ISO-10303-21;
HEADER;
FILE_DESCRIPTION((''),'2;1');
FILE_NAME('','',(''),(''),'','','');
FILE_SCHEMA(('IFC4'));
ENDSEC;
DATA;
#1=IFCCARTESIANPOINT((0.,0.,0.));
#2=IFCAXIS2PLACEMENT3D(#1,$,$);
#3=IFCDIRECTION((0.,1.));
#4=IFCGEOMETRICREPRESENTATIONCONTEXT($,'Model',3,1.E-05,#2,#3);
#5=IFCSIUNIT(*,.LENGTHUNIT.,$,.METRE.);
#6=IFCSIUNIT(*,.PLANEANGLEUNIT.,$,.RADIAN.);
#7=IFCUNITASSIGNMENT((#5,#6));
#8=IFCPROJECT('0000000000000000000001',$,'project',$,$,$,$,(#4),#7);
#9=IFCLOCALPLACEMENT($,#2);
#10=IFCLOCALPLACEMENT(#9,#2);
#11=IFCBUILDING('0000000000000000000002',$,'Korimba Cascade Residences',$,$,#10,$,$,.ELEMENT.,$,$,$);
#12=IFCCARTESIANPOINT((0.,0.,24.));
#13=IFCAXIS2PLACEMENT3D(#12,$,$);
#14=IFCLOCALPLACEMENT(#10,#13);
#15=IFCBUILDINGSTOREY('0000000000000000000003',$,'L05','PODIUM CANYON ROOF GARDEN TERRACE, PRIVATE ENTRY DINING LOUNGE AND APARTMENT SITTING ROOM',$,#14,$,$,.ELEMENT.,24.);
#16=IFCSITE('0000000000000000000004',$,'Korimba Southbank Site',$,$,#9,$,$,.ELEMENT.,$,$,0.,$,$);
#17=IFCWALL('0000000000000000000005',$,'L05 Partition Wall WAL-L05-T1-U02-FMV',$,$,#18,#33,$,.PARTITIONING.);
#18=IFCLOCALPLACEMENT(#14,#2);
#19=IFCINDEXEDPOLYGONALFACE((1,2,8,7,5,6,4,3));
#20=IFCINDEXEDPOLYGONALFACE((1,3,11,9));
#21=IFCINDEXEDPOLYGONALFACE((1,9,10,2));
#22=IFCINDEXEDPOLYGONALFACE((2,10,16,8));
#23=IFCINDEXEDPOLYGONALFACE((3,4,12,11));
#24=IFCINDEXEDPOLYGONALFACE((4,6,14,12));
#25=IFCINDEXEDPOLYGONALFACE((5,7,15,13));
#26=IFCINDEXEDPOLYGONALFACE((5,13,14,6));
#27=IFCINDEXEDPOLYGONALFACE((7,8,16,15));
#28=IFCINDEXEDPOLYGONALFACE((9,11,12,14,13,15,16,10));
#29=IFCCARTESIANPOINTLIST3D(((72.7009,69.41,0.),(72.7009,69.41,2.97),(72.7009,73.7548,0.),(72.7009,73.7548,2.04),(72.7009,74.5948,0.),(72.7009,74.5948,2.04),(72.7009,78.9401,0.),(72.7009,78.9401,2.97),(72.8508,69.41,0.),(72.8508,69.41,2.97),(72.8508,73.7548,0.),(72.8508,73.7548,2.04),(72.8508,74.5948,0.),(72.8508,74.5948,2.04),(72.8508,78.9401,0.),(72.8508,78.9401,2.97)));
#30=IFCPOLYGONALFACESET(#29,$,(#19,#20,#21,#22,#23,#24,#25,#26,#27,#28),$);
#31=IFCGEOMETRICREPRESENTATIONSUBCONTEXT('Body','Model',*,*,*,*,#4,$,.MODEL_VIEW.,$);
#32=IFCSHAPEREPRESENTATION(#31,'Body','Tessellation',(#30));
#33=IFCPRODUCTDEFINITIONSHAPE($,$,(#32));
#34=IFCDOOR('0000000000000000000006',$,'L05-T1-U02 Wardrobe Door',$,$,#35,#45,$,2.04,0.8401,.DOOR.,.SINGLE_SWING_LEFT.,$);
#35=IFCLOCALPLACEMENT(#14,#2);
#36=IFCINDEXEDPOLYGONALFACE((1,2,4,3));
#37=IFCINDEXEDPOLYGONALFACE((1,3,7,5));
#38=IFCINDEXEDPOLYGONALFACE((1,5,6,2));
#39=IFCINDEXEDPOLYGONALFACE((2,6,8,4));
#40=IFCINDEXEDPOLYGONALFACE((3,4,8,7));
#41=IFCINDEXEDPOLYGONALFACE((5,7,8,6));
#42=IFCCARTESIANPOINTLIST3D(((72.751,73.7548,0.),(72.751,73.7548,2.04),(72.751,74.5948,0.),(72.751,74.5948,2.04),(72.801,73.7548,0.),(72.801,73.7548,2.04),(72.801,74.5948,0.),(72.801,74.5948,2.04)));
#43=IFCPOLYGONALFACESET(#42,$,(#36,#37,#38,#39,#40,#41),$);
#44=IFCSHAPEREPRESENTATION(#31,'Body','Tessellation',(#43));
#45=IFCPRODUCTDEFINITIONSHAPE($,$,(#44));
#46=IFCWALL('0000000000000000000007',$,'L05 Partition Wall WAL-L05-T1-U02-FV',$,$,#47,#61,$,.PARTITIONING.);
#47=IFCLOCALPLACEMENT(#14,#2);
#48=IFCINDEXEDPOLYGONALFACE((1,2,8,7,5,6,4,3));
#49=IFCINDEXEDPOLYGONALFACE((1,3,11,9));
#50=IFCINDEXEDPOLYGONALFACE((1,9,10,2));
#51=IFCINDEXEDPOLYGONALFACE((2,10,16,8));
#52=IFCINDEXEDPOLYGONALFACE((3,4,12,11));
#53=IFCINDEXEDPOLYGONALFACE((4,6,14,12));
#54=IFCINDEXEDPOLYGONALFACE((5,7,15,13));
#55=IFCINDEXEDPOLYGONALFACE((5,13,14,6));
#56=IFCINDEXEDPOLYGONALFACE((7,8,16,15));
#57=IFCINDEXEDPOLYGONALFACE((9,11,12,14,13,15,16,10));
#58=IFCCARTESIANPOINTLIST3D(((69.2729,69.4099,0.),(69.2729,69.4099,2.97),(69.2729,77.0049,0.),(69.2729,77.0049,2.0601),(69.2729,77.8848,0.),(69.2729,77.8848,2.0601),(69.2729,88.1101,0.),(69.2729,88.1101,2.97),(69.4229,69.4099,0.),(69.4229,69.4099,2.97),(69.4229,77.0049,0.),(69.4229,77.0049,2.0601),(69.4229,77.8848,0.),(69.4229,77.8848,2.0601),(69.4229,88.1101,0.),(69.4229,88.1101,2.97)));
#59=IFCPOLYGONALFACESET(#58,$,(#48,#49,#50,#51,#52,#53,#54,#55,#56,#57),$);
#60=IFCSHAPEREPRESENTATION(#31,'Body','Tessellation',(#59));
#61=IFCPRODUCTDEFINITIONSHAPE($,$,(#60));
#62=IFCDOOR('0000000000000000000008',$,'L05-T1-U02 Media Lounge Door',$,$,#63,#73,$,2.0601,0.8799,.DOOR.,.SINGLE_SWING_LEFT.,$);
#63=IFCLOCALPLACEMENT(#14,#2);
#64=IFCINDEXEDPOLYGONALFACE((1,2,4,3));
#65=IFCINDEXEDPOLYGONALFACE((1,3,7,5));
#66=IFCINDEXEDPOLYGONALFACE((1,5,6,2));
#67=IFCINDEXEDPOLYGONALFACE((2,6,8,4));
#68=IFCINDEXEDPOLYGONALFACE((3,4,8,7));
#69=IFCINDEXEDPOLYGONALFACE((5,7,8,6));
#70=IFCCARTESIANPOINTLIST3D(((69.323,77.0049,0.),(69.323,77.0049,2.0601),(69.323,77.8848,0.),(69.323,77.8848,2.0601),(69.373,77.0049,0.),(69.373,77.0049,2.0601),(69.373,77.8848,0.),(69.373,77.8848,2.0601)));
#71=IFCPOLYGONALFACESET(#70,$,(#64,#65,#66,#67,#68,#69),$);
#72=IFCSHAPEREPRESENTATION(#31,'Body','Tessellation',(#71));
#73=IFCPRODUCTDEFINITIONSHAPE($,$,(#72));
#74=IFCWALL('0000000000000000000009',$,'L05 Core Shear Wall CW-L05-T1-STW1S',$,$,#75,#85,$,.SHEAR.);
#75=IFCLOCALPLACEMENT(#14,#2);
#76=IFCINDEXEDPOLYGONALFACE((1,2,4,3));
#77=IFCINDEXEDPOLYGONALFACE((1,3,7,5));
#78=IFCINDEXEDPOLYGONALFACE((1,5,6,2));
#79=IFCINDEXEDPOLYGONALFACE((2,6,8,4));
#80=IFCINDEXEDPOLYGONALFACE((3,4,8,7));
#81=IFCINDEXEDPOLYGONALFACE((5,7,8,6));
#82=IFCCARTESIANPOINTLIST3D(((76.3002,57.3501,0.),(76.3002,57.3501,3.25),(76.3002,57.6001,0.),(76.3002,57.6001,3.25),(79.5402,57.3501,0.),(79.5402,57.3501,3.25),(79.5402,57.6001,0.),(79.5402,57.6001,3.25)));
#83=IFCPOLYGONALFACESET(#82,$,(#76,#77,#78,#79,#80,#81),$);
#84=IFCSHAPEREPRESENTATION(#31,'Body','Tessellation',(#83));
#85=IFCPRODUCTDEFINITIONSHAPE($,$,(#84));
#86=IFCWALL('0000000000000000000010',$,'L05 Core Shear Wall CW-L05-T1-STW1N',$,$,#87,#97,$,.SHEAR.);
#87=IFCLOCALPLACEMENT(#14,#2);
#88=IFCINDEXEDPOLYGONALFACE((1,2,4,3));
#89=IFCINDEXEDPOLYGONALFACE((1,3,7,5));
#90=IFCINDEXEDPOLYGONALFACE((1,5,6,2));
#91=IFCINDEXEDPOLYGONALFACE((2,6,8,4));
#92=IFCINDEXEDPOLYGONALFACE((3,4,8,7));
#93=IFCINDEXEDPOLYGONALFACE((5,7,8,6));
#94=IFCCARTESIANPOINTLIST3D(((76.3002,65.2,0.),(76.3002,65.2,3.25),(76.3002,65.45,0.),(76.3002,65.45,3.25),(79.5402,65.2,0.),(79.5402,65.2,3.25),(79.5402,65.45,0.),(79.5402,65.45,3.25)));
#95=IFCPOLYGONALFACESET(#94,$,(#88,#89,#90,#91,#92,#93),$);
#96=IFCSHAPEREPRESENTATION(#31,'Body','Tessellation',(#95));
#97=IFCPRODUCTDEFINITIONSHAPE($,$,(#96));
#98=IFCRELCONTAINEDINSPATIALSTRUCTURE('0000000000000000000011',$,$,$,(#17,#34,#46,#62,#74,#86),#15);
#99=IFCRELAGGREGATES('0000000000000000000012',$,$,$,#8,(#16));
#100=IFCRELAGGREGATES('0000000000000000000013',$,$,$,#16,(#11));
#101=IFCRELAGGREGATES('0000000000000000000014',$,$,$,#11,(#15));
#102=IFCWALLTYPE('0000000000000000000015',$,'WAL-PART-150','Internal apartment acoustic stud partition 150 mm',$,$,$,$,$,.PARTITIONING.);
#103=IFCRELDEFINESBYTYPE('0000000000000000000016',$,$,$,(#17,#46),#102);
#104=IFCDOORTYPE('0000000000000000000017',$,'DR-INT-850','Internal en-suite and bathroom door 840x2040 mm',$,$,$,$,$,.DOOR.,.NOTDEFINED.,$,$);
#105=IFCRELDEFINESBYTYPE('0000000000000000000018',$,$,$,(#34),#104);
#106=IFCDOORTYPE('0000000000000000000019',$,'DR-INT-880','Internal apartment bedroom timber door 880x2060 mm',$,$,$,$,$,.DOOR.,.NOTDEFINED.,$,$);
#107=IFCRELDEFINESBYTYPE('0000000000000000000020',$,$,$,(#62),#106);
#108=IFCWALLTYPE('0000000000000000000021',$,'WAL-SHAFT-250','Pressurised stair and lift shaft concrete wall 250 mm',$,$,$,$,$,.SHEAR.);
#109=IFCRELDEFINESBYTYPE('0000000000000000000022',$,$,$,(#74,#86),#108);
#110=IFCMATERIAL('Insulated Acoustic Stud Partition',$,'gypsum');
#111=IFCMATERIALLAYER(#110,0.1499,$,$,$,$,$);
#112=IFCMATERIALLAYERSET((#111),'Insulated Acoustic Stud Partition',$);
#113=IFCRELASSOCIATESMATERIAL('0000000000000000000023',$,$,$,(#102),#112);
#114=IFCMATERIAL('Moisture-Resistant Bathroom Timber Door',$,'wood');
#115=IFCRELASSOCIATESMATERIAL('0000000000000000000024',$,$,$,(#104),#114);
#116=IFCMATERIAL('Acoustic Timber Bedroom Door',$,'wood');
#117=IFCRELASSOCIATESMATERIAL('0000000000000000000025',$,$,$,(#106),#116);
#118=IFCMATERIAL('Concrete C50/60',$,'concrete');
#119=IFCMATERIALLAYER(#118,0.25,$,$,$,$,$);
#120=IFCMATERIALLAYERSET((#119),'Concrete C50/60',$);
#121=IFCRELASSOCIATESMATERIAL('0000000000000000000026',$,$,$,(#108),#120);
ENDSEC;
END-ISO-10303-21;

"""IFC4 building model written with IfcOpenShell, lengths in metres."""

from ifc_helpers import new_model, si_unit, direction, frame, frame_2d, origin, place, context, subcontext, project, spatial, rectangle, extrude, material, layer, layer_set, type_object, element, fill, save


model = new_model("IFC4")

# Units and contexts
model_context = context("Model", 3, precision=1e-05, world=origin(), true_north=direction((0.0, 1.0)))
body_context = subcontext(model_context, "Body", "Model", "MODEL_VIEW")
ifc_project = project(units=[si_unit("LENGTHUNIT", "METRE"), si_unit("PLANEANGLEUNIT", "RADIAN")], contexts=[model_context])

# Site, building, storey
site_placement = place(None, origin())
site = spatial("IfcSite", under=ifc_project, at=site_placement, Name="Korimba Southbank Site", CompositionType="ELEMENT", RefElevation=0.0)
building_placement = place(site_placement, origin())
building = spatial("IfcBuilding", under=site, at=building_placement, Name="Korimba Cascade Residences", CompositionType="ELEMENT")
storey_placement = place(building_placement, frame((0.0, 0.0, 24.0)))
storey = spatial("IfcBuildingStorey", under=building, at=storey_placement, Name="L05", Description="PODIUM CANYON ROOF GARDEN TERRACE, PRIVATE ENTRY DINING LOUNGE AND APARTMENT SITTING ROOM", CompositionType="ELEMENT", Elevation=24.0)

# Shared definitions
ifc_material_1 = material(Name="Concrete C50/60", Category="concrete")

# Shared definitions
ifc_material_2 = material(Name="Insulated Acoustic Stud Partition", Category="gypsum")
ifc_layer_1 = layer(ifc_material_2, 0.1499)
ifc_layer_set_1 = layer_set([ifc_layer_1], Name="Insulated Acoustic Stud Partition")
wall_type_1 = type_object("IfcWallType", Name="WAL-PART-150", Description="Internal apartment acoustic stud partition 150 mm", PredefinedType="PARTITIONING", material=ifc_layer_set_1)

# Shared definitions
ifc_material_3 = material(Name="Moisture-Resistant Bathroom Timber Door", Category="wood")
door_type_1 = type_object("IfcDoorType", Name="DR-INT-850", Description="Internal en-suite and bathroom door 840x2040 mm", OperationType="NOTDEFINED", PredefinedType="DOOR", material=ifc_material_3)
ifc_material_4 = material(Name="Acoustic Timber Bedroom Door", Category="wood")
door_type_2 = type_object("IfcDoorType", Name="DR-INT-880", Description="Internal apartment bedroom timber door 880x2060 mm", OperationType="NOTDEFINED", PredefinedType="DOOR", material=ifc_material_4)

# Walls, openings, doors
wall_1_placement = place(storey_placement, frame((72.7759, 69.4099, 0.0), z_axis=(0.0, 0.0, 1.0), x_axis=(0.0, 1.0, 0.0)))
wall_1 = element("IfcWall", 1, at=wall_1_placement, inside=storey, type_object=wall_type_1, Name="L05 Partition Wall WAL-L05-T1-U02-FMV", PredefinedType="PARTITIONING", context=body_context, shape_type="SweptSolid", body=[
    extrude(rectangle(XDim=9.53, YDim=0.1499, at=frame_2d((4.7651, 0.0))), origin(), (0.0, 0.0, 1.0), 2.97),
])
opening_1_placement = place(wall_1_placement, frame((4.345, 0.0, 0.0)))
opening_1 = element("IfcOpeningElement", 2, at=opening_1_placement, cuts=wall_1, PredefinedType="OPENING", context=body_context, shape_type="SweptSolid", body=[
    extrude(rectangle(XDim=0.8401, YDim=2.04, at=frame_2d((0.4199, 1.02))), frame((0.0, 0.085, 0.0), z_axis=(0.0, -1.0, 0.0), x_axis=(1.0, 0.0, 0.0)), (0.0, 0.0, 1.0), 0.1699),
])
door_1_placement = place(opening_1_placement, origin())
door_1 = element("IfcDoor", 3, at=door_1_placement, inside=storey, type_object=door_type_1, Name="L05-T1-U02 Wardrobe Door", OperationType="SINGLE_SWING_LEFT", OverallHeight=2.04, OverallWidth=0.8401, PredefinedType="DOOR", context=body_context, shape_type="SweptSolid", body=[
    extrude(rectangle(XDim=0.8401, YDim=2.04, at=frame_2d((0.4199, 1.02))), frame((0.0, 0.0249, 0.0), z_axis=(0.0, -1.0, 0.0), x_axis=(1.0, 0.0, 0.0)), (0.0, 0.0, 1.0), 0.05),
])
fill(opening_1, door_1)
wall_2_placement = place(storey_placement, frame((69.3479, 69.4099, 0.0), z_axis=(0.0, 0.0, 1.0), x_axis=(0.0, 1.0, 0.0)))
wall_2 = element("IfcWall", 4, at=wall_2_placement, inside=storey, type_object=wall_type_1, Name="L05 Partition Wall WAL-L05-T1-U02-FV", PredefinedType="PARTITIONING", context=body_context, shape_type="SweptSolid", body=[
    extrude(rectangle(XDim=18.7002, YDim=0.1499, at=frame_2d((9.3501, 0.0))), origin(), (0.0, 0.0, 1.0), 2.97),
])
opening_2_placement = place(wall_2_placement, frame((7.595, 0.0, 0.0)))
opening_2 = element("IfcOpeningElement", 5, at=opening_2_placement, cuts=wall_2, PredefinedType="OPENING", context=body_context, shape_type="SweptSolid", body=[
    extrude(rectangle(XDim=0.8799, YDim=2.0601, at=frame_2d((0.4399, 1.03))), frame((0.0, 0.085, 0.0), z_axis=(0.0, -1.0, 0.0), x_axis=(1.0, 0.0, 0.0)), (0.0, 0.0, 1.0), 0.1699),
])
door_2_placement = place(opening_2_placement, origin())
door_2 = element("IfcDoor", 6, at=door_2_placement, inside=storey, type_object=door_type_2, Name="L05-T1-U02 Media Lounge Door", OperationType="SINGLE_SWING_LEFT", OverallHeight=2.0601, OverallWidth=0.8799, PredefinedType="DOOR", context=body_context, shape_type="SweptSolid", body=[
    extrude(rectangle(XDim=0.8799, YDim=2.0601, at=frame_2d((0.4399, 1.03))), frame((0.0, 0.0249, 0.0), z_axis=(0.0, -1.0, 0.0), x_axis=(1.0, 0.0, 0.0)), (0.0, 0.0, 1.0), 0.05),
])
fill(opening_2, door_2)

# Walls
ifc_layer_2 = layer(ifc_material_1, 0.25)
ifc_layer_set_2 = layer_set([ifc_layer_2], Name="Concrete C50/60")
wall_type_2 = type_object("IfcWallType", Name="WAL-SHAFT-250", Description="Pressurised stair and lift shaft concrete wall 250 mm", PredefinedType="SHEAR", material=ifc_layer_set_2)
for number, where, z_axis, x_axis, name in (
    (7, (76.3, 57.4751, 0.0), (0.0, 0.0, 1.0), (1.0, 0.0, 0.0), "L05 Core Shear Wall CW-L05-T1-STW1S"),
    (8, (76.3, 65.325, 0.0), (0.0, 0.0, 1.0), (1.0, 0.0, 0.0), "L05 Core Shear Wall CW-L05-T1-STW1N"),
):
    element("IfcWall", number, at=place(storey_placement, frame(where, z_axis=z_axis, x_axis=x_axis)), inside=storey, type_object=wall_type_2, Name=name, PredefinedType="SHEAR", context=body_context, shape_type="SweptSolid", body=[
        extrude(rectangle(XDim=3.24, YDim=0.25, at=frame_2d((1.6201, 0.0))), origin(), (0.0, 0.0, 1.0), 3.25),
    ])

save(model, "model.ifc")
